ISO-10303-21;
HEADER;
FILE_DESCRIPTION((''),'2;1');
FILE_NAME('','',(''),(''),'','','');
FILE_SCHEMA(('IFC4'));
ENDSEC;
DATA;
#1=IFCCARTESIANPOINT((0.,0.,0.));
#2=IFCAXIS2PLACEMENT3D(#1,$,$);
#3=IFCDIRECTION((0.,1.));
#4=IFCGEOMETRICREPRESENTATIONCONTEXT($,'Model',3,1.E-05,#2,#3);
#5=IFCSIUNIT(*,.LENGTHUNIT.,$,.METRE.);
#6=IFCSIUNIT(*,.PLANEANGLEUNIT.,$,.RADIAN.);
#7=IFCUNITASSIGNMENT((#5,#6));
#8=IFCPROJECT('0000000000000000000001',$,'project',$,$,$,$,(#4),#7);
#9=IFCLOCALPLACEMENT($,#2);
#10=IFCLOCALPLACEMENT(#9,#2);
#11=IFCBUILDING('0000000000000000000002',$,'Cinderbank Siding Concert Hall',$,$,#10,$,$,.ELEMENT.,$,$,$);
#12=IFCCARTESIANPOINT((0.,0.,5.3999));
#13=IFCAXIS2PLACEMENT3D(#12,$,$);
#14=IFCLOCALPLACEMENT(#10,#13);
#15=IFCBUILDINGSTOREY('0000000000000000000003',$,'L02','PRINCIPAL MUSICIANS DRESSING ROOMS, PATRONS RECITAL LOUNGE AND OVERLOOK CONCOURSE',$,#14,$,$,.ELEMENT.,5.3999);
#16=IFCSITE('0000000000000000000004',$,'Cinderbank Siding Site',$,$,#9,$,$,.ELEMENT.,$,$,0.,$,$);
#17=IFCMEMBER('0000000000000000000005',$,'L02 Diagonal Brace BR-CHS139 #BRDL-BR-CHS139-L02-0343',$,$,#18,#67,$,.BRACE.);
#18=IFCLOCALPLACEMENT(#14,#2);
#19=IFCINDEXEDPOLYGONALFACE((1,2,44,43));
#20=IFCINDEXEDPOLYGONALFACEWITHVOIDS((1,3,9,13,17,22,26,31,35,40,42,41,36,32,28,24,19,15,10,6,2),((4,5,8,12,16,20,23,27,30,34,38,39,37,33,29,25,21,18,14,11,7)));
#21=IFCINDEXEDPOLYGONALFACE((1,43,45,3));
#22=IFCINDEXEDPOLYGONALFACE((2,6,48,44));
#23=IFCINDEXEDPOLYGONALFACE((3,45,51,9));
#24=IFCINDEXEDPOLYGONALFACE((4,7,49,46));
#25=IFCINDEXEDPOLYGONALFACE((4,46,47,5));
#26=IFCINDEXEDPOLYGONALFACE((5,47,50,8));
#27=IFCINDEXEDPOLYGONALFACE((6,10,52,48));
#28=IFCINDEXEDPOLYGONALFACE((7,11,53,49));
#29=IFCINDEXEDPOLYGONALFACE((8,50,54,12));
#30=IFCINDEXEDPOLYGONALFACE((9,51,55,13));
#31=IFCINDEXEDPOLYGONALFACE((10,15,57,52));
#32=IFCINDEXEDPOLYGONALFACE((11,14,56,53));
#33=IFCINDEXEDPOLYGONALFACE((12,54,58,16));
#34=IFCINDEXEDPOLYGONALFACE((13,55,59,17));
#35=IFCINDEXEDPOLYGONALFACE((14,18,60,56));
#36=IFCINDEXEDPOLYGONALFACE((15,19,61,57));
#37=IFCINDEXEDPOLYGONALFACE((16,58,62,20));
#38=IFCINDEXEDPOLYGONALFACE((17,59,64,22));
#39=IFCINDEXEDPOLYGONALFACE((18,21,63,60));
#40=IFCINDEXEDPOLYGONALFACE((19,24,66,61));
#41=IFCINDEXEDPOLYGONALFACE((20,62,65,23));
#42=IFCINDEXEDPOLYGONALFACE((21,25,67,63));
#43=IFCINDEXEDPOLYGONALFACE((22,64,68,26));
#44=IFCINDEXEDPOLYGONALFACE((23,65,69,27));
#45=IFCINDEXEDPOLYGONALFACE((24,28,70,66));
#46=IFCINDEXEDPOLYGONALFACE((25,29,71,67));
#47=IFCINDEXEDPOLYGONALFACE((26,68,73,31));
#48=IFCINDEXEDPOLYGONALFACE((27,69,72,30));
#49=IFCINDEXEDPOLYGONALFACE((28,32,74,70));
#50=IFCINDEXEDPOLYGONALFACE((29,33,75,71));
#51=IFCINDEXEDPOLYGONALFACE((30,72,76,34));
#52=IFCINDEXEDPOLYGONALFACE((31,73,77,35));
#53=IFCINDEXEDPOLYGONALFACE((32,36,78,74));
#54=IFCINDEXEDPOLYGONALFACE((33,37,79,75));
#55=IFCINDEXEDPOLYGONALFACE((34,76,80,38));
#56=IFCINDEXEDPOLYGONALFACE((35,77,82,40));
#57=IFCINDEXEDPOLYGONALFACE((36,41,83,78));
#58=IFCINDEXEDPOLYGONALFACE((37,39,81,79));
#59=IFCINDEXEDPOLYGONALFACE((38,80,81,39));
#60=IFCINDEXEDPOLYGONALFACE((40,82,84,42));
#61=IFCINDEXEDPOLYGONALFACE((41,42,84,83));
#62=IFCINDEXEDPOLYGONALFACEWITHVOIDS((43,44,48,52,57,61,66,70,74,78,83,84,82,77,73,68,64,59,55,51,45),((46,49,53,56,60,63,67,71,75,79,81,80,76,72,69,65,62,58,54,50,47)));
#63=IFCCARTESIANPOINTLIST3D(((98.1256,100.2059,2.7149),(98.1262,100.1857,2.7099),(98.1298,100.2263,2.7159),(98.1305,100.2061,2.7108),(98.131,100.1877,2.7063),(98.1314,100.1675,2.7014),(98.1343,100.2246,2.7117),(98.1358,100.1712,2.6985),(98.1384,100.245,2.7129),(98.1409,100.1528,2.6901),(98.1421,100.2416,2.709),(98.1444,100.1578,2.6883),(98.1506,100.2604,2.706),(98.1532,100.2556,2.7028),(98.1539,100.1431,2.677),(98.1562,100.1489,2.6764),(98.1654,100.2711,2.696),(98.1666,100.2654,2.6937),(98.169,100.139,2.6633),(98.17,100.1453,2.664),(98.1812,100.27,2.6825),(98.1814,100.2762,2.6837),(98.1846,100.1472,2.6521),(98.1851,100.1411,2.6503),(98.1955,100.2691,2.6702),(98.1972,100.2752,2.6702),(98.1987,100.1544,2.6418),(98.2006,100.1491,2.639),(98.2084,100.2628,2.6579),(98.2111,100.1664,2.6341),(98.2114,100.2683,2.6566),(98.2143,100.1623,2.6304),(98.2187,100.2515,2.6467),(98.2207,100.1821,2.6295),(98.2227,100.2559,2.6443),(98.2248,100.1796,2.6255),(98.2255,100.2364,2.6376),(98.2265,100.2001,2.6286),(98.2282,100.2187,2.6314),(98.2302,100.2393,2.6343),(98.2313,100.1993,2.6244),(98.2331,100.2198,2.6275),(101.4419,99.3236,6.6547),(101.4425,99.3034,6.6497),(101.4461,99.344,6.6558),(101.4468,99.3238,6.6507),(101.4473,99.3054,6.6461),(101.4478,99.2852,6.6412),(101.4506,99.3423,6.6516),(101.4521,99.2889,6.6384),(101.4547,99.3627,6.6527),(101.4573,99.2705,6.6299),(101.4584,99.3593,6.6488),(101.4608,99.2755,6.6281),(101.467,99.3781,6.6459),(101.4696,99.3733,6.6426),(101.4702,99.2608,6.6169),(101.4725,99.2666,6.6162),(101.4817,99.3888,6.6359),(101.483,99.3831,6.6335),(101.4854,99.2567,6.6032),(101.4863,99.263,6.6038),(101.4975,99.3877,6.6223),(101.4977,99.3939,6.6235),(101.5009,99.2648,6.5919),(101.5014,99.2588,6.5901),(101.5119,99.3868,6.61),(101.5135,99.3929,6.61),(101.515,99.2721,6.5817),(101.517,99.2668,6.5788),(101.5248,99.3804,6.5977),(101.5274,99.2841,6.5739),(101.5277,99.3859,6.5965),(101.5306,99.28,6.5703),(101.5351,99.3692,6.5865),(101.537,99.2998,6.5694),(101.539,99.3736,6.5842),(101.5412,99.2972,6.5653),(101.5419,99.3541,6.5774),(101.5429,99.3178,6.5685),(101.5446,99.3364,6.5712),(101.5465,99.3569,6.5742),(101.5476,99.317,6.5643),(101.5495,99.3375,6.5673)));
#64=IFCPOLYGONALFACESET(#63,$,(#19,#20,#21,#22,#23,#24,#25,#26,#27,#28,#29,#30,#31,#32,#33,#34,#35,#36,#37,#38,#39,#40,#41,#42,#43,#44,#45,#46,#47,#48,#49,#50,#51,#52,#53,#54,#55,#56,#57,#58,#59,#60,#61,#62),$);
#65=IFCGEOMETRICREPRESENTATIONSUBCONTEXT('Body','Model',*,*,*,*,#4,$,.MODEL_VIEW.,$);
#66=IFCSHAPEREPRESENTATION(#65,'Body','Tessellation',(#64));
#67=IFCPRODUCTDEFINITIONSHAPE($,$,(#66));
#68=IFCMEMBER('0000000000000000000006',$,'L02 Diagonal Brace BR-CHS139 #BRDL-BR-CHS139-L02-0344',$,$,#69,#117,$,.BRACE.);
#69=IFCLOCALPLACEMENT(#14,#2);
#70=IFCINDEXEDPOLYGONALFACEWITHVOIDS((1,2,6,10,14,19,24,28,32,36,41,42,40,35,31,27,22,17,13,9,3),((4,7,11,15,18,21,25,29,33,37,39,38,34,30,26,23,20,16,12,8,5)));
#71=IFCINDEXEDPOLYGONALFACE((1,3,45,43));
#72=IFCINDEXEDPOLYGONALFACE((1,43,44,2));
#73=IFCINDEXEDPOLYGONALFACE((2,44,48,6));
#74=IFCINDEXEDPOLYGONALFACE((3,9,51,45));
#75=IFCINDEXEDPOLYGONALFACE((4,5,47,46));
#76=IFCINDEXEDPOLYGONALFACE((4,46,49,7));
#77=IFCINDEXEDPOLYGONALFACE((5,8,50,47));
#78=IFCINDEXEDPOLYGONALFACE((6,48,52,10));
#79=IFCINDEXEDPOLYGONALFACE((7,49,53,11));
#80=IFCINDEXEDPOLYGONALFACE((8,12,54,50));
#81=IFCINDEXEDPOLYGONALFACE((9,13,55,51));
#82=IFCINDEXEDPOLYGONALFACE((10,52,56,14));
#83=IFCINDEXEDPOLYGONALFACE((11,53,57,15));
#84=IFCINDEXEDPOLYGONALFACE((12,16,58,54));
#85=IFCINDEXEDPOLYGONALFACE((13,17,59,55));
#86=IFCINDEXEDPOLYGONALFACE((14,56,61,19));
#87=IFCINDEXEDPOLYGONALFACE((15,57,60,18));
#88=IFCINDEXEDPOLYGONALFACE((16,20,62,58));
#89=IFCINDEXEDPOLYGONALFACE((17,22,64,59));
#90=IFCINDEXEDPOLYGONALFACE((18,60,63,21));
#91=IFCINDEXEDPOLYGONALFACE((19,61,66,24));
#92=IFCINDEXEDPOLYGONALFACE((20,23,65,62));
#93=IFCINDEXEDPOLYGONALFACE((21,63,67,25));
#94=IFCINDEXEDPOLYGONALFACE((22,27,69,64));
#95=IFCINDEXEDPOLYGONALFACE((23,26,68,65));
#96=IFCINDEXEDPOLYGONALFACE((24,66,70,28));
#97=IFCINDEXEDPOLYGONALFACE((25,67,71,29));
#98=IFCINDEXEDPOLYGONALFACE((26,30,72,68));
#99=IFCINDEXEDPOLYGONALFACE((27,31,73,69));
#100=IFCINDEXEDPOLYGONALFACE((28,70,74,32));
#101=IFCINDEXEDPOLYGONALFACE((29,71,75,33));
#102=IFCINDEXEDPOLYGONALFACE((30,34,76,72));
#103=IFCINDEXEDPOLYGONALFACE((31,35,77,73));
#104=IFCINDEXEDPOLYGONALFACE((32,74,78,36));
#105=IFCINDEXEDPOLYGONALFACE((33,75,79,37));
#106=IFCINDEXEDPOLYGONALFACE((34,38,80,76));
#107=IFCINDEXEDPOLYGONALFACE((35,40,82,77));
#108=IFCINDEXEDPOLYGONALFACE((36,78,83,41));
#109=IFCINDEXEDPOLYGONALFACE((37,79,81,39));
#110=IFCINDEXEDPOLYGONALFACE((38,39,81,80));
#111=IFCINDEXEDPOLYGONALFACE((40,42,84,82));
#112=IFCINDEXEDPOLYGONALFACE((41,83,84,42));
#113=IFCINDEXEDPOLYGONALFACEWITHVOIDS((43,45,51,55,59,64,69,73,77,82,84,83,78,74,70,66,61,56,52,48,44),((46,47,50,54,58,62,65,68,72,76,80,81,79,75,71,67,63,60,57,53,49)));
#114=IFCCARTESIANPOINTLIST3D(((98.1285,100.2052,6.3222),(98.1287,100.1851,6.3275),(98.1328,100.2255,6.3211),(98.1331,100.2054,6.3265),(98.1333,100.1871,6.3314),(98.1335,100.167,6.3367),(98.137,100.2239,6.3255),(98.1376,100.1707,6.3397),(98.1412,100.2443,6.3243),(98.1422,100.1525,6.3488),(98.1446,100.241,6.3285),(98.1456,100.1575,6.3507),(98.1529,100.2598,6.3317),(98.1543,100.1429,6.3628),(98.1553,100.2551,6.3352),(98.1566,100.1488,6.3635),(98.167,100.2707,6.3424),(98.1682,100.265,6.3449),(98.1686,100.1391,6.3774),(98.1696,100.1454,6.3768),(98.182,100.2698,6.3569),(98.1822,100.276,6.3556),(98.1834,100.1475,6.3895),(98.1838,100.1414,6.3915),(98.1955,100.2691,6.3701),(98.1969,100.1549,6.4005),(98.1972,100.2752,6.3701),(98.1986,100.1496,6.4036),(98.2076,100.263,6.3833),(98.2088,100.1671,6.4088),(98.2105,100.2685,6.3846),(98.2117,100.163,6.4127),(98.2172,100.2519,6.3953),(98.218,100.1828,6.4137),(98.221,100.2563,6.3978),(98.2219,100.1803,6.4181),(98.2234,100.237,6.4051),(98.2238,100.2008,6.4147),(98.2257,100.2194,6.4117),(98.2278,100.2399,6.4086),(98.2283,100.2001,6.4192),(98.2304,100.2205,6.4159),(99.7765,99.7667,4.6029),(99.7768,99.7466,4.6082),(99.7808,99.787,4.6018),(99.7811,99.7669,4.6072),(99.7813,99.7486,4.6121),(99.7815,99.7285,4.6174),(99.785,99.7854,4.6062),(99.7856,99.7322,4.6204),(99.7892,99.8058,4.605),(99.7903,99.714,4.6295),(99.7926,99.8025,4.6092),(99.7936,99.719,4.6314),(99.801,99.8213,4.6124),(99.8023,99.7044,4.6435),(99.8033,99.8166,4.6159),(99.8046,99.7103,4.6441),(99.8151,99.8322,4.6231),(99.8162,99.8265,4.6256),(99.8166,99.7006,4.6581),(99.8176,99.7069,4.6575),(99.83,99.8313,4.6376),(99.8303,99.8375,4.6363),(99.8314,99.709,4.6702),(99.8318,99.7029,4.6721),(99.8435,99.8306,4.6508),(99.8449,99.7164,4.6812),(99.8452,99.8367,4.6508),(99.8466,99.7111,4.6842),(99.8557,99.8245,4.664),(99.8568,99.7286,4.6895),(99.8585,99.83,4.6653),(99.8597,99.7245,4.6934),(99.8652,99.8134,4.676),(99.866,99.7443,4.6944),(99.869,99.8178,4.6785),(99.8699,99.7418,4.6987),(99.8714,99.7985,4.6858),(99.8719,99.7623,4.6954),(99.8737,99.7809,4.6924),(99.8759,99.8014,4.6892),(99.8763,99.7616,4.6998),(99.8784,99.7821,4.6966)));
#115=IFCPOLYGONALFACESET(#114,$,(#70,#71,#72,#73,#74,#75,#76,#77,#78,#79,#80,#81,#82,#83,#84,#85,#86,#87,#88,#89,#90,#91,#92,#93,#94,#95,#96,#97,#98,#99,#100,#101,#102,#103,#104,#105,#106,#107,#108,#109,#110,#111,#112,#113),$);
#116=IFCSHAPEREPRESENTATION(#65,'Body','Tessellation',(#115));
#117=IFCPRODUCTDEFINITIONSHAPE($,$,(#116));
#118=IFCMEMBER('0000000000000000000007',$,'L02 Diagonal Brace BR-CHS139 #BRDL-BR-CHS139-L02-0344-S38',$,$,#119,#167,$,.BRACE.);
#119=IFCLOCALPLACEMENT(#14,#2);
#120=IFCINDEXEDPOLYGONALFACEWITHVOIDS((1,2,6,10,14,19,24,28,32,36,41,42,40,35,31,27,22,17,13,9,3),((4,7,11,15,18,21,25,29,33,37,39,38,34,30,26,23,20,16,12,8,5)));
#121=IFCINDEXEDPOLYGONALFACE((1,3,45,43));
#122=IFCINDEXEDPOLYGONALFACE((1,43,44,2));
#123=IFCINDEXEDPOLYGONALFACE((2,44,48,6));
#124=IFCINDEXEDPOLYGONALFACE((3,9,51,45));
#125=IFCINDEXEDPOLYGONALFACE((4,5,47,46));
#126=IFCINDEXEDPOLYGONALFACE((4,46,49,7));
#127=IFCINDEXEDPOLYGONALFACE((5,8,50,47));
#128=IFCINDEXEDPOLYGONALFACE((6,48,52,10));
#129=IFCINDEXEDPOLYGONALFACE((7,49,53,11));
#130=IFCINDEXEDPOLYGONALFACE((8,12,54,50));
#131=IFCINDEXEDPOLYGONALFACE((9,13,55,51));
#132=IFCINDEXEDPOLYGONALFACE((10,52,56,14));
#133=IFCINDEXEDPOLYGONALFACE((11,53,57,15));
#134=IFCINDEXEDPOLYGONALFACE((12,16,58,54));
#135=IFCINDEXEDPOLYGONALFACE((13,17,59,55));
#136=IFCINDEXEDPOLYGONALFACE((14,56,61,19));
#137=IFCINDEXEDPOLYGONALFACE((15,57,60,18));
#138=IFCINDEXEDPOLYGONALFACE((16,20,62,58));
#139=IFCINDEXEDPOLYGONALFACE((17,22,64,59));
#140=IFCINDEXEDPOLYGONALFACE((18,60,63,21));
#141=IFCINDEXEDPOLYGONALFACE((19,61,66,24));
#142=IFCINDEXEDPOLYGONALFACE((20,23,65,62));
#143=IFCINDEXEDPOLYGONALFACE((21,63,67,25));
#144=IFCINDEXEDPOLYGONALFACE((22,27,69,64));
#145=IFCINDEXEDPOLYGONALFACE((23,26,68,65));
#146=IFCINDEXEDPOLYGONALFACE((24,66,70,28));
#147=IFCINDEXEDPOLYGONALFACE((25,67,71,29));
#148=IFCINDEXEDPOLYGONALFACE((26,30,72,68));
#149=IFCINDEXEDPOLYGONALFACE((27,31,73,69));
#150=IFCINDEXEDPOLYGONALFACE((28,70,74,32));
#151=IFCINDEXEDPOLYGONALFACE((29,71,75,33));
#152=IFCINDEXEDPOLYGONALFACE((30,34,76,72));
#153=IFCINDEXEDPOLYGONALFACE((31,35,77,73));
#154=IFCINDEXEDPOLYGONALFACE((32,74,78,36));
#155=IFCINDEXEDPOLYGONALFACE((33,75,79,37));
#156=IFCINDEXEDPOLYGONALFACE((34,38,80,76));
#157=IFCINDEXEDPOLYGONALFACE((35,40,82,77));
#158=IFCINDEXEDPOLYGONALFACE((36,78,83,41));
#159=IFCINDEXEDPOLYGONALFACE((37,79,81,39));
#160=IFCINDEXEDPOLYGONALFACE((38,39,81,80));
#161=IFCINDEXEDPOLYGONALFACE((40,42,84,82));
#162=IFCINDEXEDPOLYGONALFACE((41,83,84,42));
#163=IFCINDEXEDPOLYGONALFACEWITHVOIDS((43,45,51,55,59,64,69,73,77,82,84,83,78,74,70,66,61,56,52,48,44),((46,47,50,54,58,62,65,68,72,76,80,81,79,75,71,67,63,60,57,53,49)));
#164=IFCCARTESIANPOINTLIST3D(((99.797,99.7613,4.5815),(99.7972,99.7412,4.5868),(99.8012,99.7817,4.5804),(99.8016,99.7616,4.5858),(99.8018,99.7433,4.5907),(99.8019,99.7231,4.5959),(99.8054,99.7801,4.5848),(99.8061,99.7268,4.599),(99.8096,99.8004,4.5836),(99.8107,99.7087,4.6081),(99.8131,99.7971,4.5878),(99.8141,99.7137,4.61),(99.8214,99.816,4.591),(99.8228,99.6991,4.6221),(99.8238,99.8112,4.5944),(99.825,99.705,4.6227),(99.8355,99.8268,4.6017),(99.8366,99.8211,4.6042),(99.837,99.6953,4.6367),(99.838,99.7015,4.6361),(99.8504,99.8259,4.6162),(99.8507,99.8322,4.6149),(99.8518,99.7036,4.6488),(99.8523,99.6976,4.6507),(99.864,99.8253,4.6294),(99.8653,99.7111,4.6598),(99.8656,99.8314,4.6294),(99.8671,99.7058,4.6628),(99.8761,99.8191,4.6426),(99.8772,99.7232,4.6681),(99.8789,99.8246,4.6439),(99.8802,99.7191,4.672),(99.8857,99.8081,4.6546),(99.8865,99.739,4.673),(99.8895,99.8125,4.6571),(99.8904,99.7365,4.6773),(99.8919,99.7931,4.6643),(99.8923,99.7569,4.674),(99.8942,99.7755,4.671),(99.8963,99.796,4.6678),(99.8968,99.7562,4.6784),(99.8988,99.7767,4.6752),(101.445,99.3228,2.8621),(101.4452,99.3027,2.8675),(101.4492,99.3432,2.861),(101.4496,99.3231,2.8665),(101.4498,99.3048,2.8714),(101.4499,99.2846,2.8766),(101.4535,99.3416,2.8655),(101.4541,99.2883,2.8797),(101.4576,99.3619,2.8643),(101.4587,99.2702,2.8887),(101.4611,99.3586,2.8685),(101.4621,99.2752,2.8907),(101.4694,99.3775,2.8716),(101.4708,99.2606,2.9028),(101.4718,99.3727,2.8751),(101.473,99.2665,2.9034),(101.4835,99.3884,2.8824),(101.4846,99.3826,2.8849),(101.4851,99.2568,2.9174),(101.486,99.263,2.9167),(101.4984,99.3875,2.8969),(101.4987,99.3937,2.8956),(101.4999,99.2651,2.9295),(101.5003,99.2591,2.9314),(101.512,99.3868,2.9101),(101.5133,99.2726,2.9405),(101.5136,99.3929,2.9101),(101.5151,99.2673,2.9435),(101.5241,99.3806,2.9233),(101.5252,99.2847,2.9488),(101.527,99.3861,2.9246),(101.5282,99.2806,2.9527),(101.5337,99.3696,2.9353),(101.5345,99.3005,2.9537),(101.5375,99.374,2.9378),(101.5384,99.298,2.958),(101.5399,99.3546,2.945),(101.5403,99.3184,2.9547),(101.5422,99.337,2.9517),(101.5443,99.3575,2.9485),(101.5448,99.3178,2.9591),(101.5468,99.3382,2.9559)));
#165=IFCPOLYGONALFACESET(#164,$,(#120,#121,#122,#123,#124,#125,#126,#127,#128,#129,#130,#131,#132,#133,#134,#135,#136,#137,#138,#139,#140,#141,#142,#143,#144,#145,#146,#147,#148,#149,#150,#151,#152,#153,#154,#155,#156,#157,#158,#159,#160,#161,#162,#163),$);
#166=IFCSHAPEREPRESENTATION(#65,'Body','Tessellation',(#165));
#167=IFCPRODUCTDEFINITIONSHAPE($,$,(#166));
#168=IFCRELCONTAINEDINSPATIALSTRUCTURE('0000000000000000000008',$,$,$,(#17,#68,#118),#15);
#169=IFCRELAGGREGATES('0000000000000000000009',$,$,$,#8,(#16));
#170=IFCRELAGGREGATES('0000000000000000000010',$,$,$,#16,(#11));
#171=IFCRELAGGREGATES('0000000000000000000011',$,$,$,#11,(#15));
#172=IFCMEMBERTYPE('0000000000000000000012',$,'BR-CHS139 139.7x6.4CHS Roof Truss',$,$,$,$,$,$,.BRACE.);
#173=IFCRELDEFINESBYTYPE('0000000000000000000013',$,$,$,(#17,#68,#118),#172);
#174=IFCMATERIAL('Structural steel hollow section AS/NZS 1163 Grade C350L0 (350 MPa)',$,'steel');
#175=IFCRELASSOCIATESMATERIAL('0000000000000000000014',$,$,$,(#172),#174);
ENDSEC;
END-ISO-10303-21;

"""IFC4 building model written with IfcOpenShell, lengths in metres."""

from ifc_helpers import new_model, si_unit, direction, frame, origin, origin_2d, place, context, subcontext, project, spatial, hollow_circle, extrude, material, material_profile, profile_set, type_object, element, save


model = new_model("IFC4")

# Units and contexts
model_context = context("Model", 3, precision=1e-05, world=origin(), true_north=direction((0.0, 1.0)))
body_context = subcontext(model_context, "Body", "Model", "MODEL_VIEW")
ifc_project = project(units=[si_unit("LENGTHUNIT", "METRE"), si_unit("PLANEANGLEUNIT", "RADIAN")], contexts=[model_context])

# Site, building, storey
site_placement = place(None, origin())
site = spatial("IfcSite", under=ifc_project, at=site_placement, Name="Cinderbank Siding Site", CompositionType="ELEMENT", RefElevation=0.0)
building_placement = place(site_placement, origin())
building = spatial("IfcBuilding", under=site, at=building_placement, Name="Cinderbank Siding Concert Hall", CompositionType="ELEMENT")
storey_placement = place(building_placement, frame((0.0, 0.0, 5.3999)))
storey = spatial("IfcBuildingStorey", under=building, at=storey_placement, Name="L02", Description="PRINCIPAL MUSICIANS DRESSING ROOMS, PATRONS RECITAL LOUNGE AND OVERLOOK CONCOURSE", CompositionType="ELEMENT", Elevation=5.3999)

# Members
ifc_material_1 = material(Name="Structural steel hollow section AS/NZS 1163 Grade C350L0 (350 MPa)", Category="steel")
ifc_material_profile_1 = material_profile(ifc_material_1, hollow_circle(Radius=0.0698, WallThickness=0.0063, at=origin_2d()), Name="139.7x6.4CHS", Category="LoadBearing")
ifc_profile_set_1 = profile_set([ifc_material_profile_1], Name="Structural steel hollow section AS/NZS 1163 Grade C350L0 (350 MPa)")
member_type_1 = type_object("IfcMemberType", Name="BR-CHS139 139.7x6.4CHS Roof Truss", PredefinedType="BRACE", material=ifc_profile_set_1)
member_1_placement = place(storey_placement, frame((98.1792, 100.2078, 2.6702), z_axis=(0.634724, -0.168867, 0.754062), x_axis=(0.257105, 0.966384, 0.0)))
element("IfcMember", 1, at=member_1_placement, inside=storey, type_object=member_type_1, Name="L02 Diagonal Brace BR-CHS139 #BRDL-BR-CHS139-L02-0343", PredefinedType="BRACE", context=body_context, shape_type="SweptSolid", body=[
    extrude(hollow_circle(Radius=0.0698, WallThickness=0.0063, at=origin_2d()), origin(), (0.0, 0.0, 1.0), 5.2249),
])
for number, where, z_axis, x_axis, name in (
    (2, (98.1792, 100.2078, 6.3701), (0.680542, -0.181075, -0.709982), (0.257128, 0.966377, 0.0), "L02 Diagonal Brace BR-CHS139 #BRDL-BR-CHS139-L02-0344"),
    (3, (99.8477, 99.7639, 4.6294), (0.680542, -0.181075, -0.709982), (0.257128, 0.966377, 0.0), "L02 Diagonal Brace BR-CHS139 #BRDL-BR-CHS139-L02-0344-S38"),
):
    element("IfcMember", number, at=place(storey_placement, frame(where, z_axis=z_axis, x_axis=x_axis)), inside=storey, type_object=member_type_1, Name=name, PredefinedType="BRACE", context=body_context, shape_type="SweptSolid", body=[
        extrude(hollow_circle(Radius=0.0698, WallThickness=0.0063, at=origin_2d()), origin(), (0.0, 0.0, 1.0), 2.4216),
    ])

save(model, "model.ifc")
